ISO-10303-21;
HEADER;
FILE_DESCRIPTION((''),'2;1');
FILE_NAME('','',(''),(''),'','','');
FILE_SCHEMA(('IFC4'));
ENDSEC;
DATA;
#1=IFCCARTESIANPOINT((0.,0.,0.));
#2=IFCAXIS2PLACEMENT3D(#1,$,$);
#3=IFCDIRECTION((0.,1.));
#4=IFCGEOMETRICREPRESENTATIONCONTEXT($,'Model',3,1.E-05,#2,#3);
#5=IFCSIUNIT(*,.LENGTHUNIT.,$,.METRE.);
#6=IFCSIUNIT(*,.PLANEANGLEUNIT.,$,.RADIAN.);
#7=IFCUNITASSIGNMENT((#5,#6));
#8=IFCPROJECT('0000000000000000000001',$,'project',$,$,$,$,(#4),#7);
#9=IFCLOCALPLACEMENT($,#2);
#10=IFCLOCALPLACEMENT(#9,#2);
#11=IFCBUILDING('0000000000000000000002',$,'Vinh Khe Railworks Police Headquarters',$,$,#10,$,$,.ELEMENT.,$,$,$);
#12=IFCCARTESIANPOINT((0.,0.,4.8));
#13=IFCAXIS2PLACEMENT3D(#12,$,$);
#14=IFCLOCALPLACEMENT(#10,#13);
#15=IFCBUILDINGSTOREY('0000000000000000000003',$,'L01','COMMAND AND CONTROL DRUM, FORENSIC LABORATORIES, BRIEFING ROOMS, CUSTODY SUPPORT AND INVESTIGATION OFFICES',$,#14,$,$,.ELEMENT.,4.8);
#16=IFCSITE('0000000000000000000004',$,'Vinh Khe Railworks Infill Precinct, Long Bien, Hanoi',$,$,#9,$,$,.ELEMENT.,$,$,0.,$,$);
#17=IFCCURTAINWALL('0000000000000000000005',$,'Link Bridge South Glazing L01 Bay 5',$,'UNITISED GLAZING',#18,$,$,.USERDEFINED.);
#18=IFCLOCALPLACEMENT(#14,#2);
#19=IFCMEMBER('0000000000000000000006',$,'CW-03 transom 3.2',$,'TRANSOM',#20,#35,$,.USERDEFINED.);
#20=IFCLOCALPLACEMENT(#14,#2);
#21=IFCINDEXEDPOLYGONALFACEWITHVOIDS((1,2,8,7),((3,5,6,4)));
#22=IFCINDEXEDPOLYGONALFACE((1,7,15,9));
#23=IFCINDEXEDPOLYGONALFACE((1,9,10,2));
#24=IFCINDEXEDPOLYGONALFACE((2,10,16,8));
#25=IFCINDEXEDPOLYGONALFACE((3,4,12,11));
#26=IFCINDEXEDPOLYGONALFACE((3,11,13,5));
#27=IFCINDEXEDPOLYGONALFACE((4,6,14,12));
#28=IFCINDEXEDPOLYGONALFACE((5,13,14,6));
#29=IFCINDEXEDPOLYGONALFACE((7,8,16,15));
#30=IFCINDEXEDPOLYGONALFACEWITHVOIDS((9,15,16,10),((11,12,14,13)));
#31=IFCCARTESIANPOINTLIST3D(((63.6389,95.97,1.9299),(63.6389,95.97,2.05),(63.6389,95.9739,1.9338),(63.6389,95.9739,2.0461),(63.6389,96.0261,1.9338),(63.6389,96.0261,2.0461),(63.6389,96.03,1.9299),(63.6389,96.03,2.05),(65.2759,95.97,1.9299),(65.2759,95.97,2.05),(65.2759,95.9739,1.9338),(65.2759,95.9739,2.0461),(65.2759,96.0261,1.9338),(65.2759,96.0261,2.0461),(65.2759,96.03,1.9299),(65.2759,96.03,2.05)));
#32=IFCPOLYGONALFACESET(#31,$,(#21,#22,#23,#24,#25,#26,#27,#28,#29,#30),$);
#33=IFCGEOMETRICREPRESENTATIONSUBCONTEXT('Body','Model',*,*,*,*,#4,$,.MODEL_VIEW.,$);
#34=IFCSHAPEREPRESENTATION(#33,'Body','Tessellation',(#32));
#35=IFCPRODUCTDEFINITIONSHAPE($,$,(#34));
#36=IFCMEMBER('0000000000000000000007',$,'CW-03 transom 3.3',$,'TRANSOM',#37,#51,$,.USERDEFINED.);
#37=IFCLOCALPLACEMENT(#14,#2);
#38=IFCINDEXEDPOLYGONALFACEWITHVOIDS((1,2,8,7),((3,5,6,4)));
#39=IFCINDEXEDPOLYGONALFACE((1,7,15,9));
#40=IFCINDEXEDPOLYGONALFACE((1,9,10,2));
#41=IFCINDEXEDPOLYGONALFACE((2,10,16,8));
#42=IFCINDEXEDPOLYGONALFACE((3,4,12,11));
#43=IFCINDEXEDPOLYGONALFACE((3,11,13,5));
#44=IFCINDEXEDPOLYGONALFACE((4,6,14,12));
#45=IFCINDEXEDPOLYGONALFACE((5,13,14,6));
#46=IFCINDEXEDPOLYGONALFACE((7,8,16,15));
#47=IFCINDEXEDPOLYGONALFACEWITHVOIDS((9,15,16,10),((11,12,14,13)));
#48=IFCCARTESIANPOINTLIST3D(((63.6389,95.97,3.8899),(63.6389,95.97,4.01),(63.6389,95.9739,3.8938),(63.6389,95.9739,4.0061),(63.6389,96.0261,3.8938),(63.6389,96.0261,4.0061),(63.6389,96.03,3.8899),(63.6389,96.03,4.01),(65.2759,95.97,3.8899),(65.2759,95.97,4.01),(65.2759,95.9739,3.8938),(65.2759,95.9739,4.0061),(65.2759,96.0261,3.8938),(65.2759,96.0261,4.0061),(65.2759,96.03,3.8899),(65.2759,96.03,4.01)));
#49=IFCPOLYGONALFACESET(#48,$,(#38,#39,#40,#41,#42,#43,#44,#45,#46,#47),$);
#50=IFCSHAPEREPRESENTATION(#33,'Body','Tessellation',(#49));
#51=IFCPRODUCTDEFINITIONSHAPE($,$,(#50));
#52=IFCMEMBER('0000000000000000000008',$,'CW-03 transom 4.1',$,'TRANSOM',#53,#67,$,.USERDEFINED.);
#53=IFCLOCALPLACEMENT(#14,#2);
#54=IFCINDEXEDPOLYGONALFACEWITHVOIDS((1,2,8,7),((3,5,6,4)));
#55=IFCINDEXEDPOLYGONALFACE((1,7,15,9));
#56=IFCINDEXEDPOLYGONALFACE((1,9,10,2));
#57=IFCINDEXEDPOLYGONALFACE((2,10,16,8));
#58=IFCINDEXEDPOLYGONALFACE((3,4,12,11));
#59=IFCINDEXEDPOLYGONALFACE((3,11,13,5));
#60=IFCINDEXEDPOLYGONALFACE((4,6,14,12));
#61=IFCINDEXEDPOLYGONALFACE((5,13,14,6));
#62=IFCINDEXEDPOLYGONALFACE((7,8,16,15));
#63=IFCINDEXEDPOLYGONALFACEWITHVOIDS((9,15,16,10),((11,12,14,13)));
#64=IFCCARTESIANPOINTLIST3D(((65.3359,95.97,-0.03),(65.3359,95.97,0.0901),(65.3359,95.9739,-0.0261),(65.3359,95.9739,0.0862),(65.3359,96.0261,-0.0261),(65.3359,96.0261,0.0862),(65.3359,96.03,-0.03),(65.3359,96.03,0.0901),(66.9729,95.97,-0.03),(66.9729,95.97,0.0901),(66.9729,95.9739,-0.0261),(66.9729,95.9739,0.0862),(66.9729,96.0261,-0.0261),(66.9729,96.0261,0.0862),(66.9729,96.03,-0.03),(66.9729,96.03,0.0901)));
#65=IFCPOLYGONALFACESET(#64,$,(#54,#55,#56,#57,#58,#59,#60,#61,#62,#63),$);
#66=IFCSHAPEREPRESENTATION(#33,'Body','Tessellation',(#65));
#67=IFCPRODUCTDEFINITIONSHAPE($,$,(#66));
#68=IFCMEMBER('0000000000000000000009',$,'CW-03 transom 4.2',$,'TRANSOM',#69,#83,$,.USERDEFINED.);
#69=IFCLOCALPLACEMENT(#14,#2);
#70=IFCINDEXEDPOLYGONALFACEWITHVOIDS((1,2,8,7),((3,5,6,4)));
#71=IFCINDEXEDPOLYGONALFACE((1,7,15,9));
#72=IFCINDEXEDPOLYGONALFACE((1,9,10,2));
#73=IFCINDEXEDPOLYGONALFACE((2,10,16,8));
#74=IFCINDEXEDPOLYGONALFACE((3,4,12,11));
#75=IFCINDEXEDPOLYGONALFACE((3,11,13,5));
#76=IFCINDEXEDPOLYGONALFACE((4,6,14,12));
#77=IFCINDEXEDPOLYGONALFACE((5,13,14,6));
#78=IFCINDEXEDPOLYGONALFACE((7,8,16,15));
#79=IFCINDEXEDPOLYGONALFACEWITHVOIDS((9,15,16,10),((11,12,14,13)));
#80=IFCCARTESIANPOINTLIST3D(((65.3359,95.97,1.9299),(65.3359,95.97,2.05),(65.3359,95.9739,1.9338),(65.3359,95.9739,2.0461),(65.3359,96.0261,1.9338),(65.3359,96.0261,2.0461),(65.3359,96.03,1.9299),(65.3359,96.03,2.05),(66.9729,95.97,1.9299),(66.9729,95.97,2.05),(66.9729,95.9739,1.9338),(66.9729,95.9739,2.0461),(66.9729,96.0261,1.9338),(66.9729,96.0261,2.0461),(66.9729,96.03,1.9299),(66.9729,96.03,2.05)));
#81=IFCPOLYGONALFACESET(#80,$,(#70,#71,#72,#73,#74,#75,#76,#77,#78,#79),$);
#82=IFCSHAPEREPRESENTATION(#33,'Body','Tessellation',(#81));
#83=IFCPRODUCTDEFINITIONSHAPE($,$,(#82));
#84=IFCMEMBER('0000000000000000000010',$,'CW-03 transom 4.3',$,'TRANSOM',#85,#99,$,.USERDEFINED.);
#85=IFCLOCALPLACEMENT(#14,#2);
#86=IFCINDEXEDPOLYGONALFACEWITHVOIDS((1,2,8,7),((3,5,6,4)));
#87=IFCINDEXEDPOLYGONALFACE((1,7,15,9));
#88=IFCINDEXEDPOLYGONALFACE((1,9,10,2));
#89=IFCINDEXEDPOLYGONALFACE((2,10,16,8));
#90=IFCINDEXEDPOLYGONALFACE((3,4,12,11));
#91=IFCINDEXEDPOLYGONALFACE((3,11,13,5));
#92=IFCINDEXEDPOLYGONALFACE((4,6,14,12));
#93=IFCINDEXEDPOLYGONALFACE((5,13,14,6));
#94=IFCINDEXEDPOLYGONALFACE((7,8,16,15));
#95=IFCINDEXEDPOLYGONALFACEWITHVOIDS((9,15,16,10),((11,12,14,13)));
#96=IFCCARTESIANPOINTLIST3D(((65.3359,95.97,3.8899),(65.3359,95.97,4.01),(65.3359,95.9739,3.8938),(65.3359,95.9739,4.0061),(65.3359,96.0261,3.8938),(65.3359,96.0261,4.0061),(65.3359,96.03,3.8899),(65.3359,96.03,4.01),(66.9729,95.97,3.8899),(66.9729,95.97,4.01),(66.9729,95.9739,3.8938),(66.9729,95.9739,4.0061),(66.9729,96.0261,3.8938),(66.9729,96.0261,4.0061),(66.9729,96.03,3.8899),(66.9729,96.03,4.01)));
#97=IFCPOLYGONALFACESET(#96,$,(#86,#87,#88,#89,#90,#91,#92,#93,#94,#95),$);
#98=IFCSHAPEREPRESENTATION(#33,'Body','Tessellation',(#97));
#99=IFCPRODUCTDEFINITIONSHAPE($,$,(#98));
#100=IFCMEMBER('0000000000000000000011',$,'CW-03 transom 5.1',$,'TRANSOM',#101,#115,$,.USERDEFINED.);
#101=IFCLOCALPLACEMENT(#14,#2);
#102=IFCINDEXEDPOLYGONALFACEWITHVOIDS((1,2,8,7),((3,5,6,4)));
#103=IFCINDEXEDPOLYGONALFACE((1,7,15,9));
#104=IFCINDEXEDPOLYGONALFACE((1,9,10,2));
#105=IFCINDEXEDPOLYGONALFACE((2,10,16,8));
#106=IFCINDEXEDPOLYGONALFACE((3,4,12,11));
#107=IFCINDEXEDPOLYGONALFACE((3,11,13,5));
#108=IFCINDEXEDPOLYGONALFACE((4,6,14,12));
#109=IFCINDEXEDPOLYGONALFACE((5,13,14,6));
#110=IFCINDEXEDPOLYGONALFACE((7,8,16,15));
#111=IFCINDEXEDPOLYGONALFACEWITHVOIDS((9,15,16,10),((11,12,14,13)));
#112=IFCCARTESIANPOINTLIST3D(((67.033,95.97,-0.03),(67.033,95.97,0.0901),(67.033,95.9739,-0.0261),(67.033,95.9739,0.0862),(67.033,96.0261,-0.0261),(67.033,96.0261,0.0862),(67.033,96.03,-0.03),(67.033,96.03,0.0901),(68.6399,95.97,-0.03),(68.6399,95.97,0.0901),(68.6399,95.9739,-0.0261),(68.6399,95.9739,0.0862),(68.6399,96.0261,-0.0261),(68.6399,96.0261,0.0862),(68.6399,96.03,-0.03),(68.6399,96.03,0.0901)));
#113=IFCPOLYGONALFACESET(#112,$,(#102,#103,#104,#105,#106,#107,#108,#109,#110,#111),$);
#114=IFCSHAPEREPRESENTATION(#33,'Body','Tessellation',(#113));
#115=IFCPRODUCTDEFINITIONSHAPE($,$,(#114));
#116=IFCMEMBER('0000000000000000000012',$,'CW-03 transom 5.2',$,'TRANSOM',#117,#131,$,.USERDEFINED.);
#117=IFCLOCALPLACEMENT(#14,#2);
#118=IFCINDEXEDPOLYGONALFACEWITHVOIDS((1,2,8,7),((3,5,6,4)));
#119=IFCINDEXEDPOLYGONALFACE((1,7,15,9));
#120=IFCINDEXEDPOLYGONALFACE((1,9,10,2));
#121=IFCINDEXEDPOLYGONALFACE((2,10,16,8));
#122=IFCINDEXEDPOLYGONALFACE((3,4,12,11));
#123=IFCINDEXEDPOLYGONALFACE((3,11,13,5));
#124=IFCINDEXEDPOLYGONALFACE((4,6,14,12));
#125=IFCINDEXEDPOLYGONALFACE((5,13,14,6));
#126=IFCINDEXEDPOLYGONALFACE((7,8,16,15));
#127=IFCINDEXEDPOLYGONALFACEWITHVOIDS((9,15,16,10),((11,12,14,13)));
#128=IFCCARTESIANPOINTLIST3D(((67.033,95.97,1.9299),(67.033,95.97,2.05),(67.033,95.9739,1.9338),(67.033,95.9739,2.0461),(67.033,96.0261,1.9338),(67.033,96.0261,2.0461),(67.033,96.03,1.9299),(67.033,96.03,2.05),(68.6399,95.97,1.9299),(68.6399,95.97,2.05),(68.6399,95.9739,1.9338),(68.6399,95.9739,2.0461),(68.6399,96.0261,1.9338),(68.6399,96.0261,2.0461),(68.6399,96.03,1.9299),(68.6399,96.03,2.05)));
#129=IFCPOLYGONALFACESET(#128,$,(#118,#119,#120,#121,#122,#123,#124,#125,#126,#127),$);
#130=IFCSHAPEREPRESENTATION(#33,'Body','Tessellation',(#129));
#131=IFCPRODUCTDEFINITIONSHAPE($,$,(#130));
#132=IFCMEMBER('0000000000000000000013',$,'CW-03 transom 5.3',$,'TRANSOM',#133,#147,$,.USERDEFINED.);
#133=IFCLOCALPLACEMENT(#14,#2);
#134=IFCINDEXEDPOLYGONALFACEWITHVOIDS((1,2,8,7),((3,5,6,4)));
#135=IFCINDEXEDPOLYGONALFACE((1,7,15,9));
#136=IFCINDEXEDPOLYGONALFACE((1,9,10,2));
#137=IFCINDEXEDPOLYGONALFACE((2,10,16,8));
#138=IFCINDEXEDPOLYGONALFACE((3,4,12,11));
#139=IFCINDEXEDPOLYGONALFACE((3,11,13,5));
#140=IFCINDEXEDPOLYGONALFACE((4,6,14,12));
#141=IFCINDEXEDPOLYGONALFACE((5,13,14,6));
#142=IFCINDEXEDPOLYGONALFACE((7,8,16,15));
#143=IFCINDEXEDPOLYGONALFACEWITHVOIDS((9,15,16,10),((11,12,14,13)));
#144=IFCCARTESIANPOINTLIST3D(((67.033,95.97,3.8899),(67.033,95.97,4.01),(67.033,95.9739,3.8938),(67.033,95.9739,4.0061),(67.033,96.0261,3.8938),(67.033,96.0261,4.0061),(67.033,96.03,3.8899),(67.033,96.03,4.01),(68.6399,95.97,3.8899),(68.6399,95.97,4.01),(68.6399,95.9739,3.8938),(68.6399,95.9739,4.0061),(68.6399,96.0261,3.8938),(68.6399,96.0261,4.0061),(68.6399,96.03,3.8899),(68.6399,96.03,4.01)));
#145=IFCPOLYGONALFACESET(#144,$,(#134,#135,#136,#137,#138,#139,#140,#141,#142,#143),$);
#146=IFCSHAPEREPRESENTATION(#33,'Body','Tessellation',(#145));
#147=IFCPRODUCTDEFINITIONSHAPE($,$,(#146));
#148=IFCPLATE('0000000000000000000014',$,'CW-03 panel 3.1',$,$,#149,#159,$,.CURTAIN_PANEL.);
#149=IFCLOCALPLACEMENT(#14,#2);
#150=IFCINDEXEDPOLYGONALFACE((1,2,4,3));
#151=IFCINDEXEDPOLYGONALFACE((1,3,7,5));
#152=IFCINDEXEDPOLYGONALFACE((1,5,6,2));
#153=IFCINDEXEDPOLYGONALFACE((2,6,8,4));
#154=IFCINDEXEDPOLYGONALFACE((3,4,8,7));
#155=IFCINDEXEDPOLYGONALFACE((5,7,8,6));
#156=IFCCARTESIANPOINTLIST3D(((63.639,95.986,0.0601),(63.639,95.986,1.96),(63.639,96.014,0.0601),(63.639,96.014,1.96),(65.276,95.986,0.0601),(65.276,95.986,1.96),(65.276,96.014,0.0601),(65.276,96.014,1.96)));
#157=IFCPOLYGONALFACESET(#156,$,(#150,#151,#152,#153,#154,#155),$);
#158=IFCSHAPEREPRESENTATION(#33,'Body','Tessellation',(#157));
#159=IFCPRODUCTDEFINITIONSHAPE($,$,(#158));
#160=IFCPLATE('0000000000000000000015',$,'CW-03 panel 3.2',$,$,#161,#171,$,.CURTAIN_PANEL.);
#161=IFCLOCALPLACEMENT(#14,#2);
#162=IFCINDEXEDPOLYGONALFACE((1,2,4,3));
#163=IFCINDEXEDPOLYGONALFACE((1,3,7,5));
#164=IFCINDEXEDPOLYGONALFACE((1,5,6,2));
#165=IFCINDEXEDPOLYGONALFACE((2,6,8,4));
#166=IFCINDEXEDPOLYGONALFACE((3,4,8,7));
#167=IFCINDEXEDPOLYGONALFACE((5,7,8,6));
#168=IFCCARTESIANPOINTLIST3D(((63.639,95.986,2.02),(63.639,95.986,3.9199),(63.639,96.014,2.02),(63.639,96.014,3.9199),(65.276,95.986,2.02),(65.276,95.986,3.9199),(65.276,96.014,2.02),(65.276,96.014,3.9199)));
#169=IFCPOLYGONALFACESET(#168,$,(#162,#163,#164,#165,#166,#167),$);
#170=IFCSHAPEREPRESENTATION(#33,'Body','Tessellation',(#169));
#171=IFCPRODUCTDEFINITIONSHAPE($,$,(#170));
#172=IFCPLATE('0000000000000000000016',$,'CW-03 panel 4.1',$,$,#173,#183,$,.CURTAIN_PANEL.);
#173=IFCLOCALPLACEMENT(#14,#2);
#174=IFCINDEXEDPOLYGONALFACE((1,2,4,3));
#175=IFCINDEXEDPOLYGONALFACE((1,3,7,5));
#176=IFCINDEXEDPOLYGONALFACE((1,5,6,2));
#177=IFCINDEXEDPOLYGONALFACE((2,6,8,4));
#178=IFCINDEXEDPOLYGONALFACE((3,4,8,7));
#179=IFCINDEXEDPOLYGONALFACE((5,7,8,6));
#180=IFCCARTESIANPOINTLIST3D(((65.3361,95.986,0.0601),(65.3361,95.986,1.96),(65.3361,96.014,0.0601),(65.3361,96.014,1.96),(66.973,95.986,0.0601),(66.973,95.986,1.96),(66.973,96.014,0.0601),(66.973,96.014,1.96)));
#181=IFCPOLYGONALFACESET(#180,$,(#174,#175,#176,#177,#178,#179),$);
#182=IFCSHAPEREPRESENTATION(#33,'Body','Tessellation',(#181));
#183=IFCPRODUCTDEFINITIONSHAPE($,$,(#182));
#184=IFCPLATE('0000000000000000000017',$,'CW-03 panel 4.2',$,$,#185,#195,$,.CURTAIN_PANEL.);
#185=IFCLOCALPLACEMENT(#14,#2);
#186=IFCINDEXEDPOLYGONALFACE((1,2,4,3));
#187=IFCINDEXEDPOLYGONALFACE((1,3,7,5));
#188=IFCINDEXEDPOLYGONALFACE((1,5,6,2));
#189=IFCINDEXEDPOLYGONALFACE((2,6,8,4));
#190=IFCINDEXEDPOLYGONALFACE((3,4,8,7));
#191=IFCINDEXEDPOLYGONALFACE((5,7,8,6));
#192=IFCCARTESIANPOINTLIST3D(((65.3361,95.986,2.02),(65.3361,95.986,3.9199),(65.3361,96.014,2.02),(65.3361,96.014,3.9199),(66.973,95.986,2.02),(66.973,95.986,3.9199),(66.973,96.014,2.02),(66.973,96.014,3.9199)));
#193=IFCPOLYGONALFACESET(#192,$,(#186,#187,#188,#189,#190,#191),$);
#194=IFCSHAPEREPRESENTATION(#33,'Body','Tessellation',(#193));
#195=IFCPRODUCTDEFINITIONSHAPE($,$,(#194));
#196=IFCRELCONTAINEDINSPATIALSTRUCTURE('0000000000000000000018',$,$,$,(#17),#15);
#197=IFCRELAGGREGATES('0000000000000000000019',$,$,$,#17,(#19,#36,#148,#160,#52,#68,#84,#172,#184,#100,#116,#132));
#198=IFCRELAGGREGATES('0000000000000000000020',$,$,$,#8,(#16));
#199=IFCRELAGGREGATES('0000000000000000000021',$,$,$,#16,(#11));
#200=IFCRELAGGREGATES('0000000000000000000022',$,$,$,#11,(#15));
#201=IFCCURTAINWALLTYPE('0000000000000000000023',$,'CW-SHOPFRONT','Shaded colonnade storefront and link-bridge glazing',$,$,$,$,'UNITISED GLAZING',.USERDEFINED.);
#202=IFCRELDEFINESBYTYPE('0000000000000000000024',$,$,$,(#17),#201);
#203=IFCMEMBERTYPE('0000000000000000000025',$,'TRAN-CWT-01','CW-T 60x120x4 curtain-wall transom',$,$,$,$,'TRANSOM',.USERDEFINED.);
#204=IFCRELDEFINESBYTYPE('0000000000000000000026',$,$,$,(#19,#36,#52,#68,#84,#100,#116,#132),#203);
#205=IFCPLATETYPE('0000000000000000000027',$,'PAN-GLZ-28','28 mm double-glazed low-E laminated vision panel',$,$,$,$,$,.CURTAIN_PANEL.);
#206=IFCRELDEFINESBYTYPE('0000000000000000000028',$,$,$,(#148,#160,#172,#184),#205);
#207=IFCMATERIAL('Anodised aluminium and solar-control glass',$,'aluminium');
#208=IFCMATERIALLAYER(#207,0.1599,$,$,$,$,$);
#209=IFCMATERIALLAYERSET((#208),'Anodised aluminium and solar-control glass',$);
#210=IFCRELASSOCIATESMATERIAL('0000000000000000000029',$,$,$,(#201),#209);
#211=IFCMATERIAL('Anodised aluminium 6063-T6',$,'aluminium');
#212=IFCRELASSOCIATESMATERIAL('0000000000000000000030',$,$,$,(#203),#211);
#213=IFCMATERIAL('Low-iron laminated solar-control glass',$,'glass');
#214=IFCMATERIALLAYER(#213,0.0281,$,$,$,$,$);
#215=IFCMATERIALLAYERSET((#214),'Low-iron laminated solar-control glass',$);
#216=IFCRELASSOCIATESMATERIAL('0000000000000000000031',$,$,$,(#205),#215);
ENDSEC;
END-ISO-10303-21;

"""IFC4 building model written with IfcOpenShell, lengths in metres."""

from ifc_helpers import new_model, si_unit, direction, frame, origin, origin_2d, place, context, subcontext, project, spatial, rectangle, hollow_rectangle, extrude, material, layer, layer_set, material_profile, profile_set, type_object, element, aggregate, save


model = new_model("IFC4")

# Units and contexts
model_context = context("Model", 3, precision=1e-05, world=origin(), true_north=direction((0.0, 1.0)))
body_context = subcontext(model_context, "Body", "Model", "MODEL_VIEW")
ifc_project = project(units=[si_unit("LENGTHUNIT", "METRE"), si_unit("PLANEANGLEUNIT", "RADIAN")], contexts=[model_context])

# Site, building, storey
site_placement = place(None, origin())
site = spatial("IfcSite", under=ifc_project, at=site_placement, Name="Vinh Khe Railworks Infill Precinct, Long Bien, Hanoi", CompositionType="ELEMENT", RefElevation=0.0)
building_placement = place(site_placement, origin())
building = spatial("IfcBuilding", under=site, at=building_placement, Name="Vinh Khe Railworks Police Headquarters", CompositionType="ELEMENT")
storey_placement = place(building_placement, frame((0.0, 0.0, 4.8)))
storey = spatial("IfcBuildingStorey", under=building, at=storey_placement, Name="L01", Description="COMMAND AND CONTROL DRUM, FORENSIC LABORATORIES, BRIEFING ROOMS, CUSTODY SUPPORT AND INVESTIGATION OFFICES", CompositionType="ELEMENT", Elevation=4.8)

# Curtain wall
ifc_material_1 = material(Name="Anodised aluminium and solar-control glass", Category="aluminium")
ifc_layer_1 = layer(ifc_material_1, 0.1599)
ifc_layer_set_1 = layer_set([ifc_layer_1], Name="Anodised aluminium and solar-control glass")
curtain_wall_type = type_object("IfcCurtainWallType", Name="CW-SHOPFRONT", Description="Shaded colonnade storefront and link-bridge glazing", ElementType="UNITISED GLAZING", PredefinedType="USERDEFINED", material=ifc_layer_set_1)
curtain_wall_placement = place(storey_placement, origin())
curtain_wall = element("IfcCurtainWall", 1, at=curtain_wall_placement, inside=storey, type_object=curtain_wall_type, Name="Link Bridge South Glazing L01 Bay 5", ObjectType="UNITISED GLAZING", PredefinedType="USERDEFINED")
ifc_material_2 = material(Name="Anodised aluminium 6063-T6", Category="aluminium")

# Members
ifc_material_profile_1 = material_profile(ifc_material_2, hollow_rectangle(XDim=0.0601, YDim=0.1201, WallThickness=0.0039, at=origin_2d()), Name="CW-T 60x120x4")
ifc_profile_set_1 = profile_set([ifc_material_profile_1], Name="Anodised aluminium 6063-T6")
member_type_1 = type_object("IfcMemberType", Name="TRAN-CWT-01", Description="CW-T 60x120x4 curtain-wall transom", ElementType="TRANSOM", PredefinedType="USERDEFINED", material=ifc_profile_set_1)
member_1_placement = place(storey_placement, frame((63.6389, 96.0, 1.99), z_axis=(1.0, 0.0, 0.0), x_axis=(0.0, 1.0, 0.0)))
member_1 = element("IfcMember", 2, at=member_1_placement, type_object=member_type_1, Name="CW-03 transom 3.2", ObjectType="TRANSOM", PredefinedType="USERDEFINED", context=body_context, shape_type="SweptSolid", body=[
    extrude(hollow_rectangle(XDim=0.0601, YDim=0.1201, WallThickness=0.0039, at=origin_2d()), origin(), (0.0, 0.0, 1.0), 1.637),
])
member_2_placement = place(storey_placement, frame((63.6389, 96.0, 3.95), z_axis=(1.0, 0.0, 0.0), x_axis=(0.0, 1.0, 0.0)))
member_2 = element("IfcMember", 3, at=member_2_placement, type_object=member_type_1, Name="CW-03 transom 3.3", ObjectType="TRANSOM", PredefinedType="USERDEFINED", context=body_context, shape_type="SweptSolid", body=[
    extrude(hollow_rectangle(XDim=0.0601, YDim=0.1201, WallThickness=0.0039, at=origin_2d()), origin(), (0.0, 0.0, 1.0), 1.637),
])
member_3_placement = place(storey_placement, frame((65.3359, 96.0, 0.03), z_axis=(1.0, 0.0, 0.0), x_axis=(0.0, 1.0, 0.0)))
member_3 = element("IfcMember", 4, at=member_3_placement, type_object=member_type_1, Name="CW-03 transom 4.1", ObjectType="TRANSOM", PredefinedType="USERDEFINED", context=body_context, shape_type="SweptSolid", body=[
    extrude(hollow_rectangle(XDim=0.0601, YDim=0.1201, WallThickness=0.0039, at=origin_2d()), origin(), (0.0, 0.0, 1.0), 1.637),
])
member_4_placement = place(storey_placement, frame((65.3359, 96.0, 1.99), z_axis=(1.0, 0.0, 0.0), x_axis=(0.0, 1.0, 0.0)))
member_4 = element("IfcMember", 5, at=member_4_placement, type_object=member_type_1, Name="CW-03 transom 4.2", ObjectType="TRANSOM", PredefinedType="USERDEFINED", context=body_context, shape_type="SweptSolid", body=[
    extrude(hollow_rectangle(XDim=0.0601, YDim=0.1201, WallThickness=0.0039, at=origin_2d()), origin(), (0.0, 0.0, 1.0), 1.637),
])
member_5_placement = place(storey_placement, frame((65.3359, 96.0, 3.95), z_axis=(1.0, 0.0, 0.0), x_axis=(0.0, 1.0, 0.0)))
member_5 = element("IfcMember", 6, at=member_5_placement, type_object=member_type_1, Name="CW-03 transom 4.3", ObjectType="TRANSOM", PredefinedType="USERDEFINED", context=body_context, shape_type="SweptSolid", body=[
    extrude(hollow_rectangle(XDim=0.0601, YDim=0.1201, WallThickness=0.0039, at=origin_2d()), origin(), (0.0, 0.0, 1.0), 1.637),
])
member_6_placement = place(storey_placement, frame((67.033, 96.0, 0.03), z_axis=(1.0, 0.0, 0.0), x_axis=(0.0, 1.0, 0.0)))
member_6 = element("IfcMember", 7, at=member_6_placement, type_object=member_type_1, Name="CW-03 transom 5.1", ObjectType="TRANSOM", PredefinedType="USERDEFINED", context=body_context, shape_type="SweptSolid", body=[
    extrude(hollow_rectangle(XDim=0.0601, YDim=0.1201, WallThickness=0.0039, at=origin_2d()), origin(), (0.0, 0.0, 1.0), 1.6069),
])
member_7_placement = place(storey_placement, frame((67.033, 96.0, 1.99), z_axis=(1.0, 0.0, 0.0), x_axis=(0.0, 1.0, 0.0)))
member_7 = element("IfcMember", 8, at=member_7_placement, type_object=member_type_1, Name="CW-03 transom 5.2", ObjectType="TRANSOM", PredefinedType="USERDEFINED", context=body_context, shape_type="SweptSolid", body=[
    extrude(hollow_rectangle(XDim=0.0601, YDim=0.1201, WallThickness=0.0039, at=origin_2d()), origin(), (0.0, 0.0, 1.0), 1.6069),
])
member_8_placement = place(storey_placement, frame((67.033, 96.0, 3.95), z_axis=(1.0, 0.0, 0.0), x_axis=(0.0, 1.0, 0.0)))
member_8 = element("IfcMember", 9, at=member_8_placement, type_object=member_type_1, Name="CW-03 transom 5.3", ObjectType="TRANSOM", PredefinedType="USERDEFINED", context=body_context, shape_type="SweptSolid", body=[
    extrude(hollow_rectangle(XDim=0.0601, YDim=0.1201, WallThickness=0.0039, at=origin_2d()), origin(), (0.0, 0.0, 1.0), 1.6069),
])

# Plates
ifc_material_3 = material(Name="Low-iron laminated solar-control glass", Category="glass")
ifc_layer_2 = layer(ifc_material_3, 0.0281)
ifc_layer_set_2 = layer_set([ifc_layer_2], Name="Low-iron laminated solar-control glass")
plate_type_1 = type_object("IfcPlateType", Name="PAN-GLZ-28", Description="28 mm double-glazed low-E laminated vision panel", PredefinedType="CURTAIN_PANEL", material=ifc_layer_set_2)
plate_1_placement = place(storey_placement, frame((64.4575, 96.0, 0.0601), z_axis=(0.0, 0.0, 1.0), x_axis=(1.0, 0.0, 0.0)))
plate_1 = element("IfcPlate", 10, at=plate_1_placement, type_object=plate_type_1, Name="CW-03 panel 3.1", PredefinedType="CURTAIN_PANEL", context=body_context, shape_type="SweptSolid", body=[
    extrude(rectangle(XDim=1.637, YDim=0.0281, at=origin_2d()), origin(), (0.0, 0.0, 1.0), 1.8999),
])
plate_2_placement = place(storey_placement, frame((64.4575, 96.0, 2.02), z_axis=(0.0, 0.0, 1.0), x_axis=(1.0, 0.0, 0.0)))
plate_2 = element("IfcPlate", 11, at=plate_2_placement, type_object=plate_type_1, Name="CW-03 panel 3.2", PredefinedType="CURTAIN_PANEL", context=body_context, shape_type="SweptSolid", body=[
    extrude(rectangle(XDim=1.637, YDim=0.0281, at=origin_2d()), origin(), (0.0, 0.0, 1.0), 1.8999),
])
plate_3_placement = place(storey_placement, frame((66.1545, 96.0, 0.0601), z_axis=(0.0, 0.0, 1.0), x_axis=(1.0, 0.0, 0.0)))
plate_3 = element("IfcPlate", 12, at=plate_3_placement, type_object=plate_type_1, Name="CW-03 panel 4.1", PredefinedType="CURTAIN_PANEL", context=body_context, shape_type="SweptSolid", body=[
    extrude(rectangle(XDim=1.637, YDim=0.0281, at=origin_2d()), origin(), (0.0, 0.0, 1.0), 1.8999),
])
plate_4_placement = place(storey_placement, frame((66.1545, 96.0, 2.02), z_axis=(0.0, 0.0, 1.0), x_axis=(1.0, 0.0, 0.0)))
plate_4 = element("IfcPlate", 13, at=plate_4_placement, type_object=plate_type_1, Name="CW-03 panel 4.2", PredefinedType="CURTAIN_PANEL", context=body_context, shape_type="SweptSolid", body=[
    extrude(rectangle(XDim=1.637, YDim=0.0281, at=origin_2d()), origin(), (0.0, 0.0, 1.0), 1.8999),
])
aggregate(curtain_wall, [member_1, member_2, plate_1, plate_2, member_3, member_4, member_5, plate_3, plate_4, member_6, member_7, member_8])

save(model, "model.ifc")
